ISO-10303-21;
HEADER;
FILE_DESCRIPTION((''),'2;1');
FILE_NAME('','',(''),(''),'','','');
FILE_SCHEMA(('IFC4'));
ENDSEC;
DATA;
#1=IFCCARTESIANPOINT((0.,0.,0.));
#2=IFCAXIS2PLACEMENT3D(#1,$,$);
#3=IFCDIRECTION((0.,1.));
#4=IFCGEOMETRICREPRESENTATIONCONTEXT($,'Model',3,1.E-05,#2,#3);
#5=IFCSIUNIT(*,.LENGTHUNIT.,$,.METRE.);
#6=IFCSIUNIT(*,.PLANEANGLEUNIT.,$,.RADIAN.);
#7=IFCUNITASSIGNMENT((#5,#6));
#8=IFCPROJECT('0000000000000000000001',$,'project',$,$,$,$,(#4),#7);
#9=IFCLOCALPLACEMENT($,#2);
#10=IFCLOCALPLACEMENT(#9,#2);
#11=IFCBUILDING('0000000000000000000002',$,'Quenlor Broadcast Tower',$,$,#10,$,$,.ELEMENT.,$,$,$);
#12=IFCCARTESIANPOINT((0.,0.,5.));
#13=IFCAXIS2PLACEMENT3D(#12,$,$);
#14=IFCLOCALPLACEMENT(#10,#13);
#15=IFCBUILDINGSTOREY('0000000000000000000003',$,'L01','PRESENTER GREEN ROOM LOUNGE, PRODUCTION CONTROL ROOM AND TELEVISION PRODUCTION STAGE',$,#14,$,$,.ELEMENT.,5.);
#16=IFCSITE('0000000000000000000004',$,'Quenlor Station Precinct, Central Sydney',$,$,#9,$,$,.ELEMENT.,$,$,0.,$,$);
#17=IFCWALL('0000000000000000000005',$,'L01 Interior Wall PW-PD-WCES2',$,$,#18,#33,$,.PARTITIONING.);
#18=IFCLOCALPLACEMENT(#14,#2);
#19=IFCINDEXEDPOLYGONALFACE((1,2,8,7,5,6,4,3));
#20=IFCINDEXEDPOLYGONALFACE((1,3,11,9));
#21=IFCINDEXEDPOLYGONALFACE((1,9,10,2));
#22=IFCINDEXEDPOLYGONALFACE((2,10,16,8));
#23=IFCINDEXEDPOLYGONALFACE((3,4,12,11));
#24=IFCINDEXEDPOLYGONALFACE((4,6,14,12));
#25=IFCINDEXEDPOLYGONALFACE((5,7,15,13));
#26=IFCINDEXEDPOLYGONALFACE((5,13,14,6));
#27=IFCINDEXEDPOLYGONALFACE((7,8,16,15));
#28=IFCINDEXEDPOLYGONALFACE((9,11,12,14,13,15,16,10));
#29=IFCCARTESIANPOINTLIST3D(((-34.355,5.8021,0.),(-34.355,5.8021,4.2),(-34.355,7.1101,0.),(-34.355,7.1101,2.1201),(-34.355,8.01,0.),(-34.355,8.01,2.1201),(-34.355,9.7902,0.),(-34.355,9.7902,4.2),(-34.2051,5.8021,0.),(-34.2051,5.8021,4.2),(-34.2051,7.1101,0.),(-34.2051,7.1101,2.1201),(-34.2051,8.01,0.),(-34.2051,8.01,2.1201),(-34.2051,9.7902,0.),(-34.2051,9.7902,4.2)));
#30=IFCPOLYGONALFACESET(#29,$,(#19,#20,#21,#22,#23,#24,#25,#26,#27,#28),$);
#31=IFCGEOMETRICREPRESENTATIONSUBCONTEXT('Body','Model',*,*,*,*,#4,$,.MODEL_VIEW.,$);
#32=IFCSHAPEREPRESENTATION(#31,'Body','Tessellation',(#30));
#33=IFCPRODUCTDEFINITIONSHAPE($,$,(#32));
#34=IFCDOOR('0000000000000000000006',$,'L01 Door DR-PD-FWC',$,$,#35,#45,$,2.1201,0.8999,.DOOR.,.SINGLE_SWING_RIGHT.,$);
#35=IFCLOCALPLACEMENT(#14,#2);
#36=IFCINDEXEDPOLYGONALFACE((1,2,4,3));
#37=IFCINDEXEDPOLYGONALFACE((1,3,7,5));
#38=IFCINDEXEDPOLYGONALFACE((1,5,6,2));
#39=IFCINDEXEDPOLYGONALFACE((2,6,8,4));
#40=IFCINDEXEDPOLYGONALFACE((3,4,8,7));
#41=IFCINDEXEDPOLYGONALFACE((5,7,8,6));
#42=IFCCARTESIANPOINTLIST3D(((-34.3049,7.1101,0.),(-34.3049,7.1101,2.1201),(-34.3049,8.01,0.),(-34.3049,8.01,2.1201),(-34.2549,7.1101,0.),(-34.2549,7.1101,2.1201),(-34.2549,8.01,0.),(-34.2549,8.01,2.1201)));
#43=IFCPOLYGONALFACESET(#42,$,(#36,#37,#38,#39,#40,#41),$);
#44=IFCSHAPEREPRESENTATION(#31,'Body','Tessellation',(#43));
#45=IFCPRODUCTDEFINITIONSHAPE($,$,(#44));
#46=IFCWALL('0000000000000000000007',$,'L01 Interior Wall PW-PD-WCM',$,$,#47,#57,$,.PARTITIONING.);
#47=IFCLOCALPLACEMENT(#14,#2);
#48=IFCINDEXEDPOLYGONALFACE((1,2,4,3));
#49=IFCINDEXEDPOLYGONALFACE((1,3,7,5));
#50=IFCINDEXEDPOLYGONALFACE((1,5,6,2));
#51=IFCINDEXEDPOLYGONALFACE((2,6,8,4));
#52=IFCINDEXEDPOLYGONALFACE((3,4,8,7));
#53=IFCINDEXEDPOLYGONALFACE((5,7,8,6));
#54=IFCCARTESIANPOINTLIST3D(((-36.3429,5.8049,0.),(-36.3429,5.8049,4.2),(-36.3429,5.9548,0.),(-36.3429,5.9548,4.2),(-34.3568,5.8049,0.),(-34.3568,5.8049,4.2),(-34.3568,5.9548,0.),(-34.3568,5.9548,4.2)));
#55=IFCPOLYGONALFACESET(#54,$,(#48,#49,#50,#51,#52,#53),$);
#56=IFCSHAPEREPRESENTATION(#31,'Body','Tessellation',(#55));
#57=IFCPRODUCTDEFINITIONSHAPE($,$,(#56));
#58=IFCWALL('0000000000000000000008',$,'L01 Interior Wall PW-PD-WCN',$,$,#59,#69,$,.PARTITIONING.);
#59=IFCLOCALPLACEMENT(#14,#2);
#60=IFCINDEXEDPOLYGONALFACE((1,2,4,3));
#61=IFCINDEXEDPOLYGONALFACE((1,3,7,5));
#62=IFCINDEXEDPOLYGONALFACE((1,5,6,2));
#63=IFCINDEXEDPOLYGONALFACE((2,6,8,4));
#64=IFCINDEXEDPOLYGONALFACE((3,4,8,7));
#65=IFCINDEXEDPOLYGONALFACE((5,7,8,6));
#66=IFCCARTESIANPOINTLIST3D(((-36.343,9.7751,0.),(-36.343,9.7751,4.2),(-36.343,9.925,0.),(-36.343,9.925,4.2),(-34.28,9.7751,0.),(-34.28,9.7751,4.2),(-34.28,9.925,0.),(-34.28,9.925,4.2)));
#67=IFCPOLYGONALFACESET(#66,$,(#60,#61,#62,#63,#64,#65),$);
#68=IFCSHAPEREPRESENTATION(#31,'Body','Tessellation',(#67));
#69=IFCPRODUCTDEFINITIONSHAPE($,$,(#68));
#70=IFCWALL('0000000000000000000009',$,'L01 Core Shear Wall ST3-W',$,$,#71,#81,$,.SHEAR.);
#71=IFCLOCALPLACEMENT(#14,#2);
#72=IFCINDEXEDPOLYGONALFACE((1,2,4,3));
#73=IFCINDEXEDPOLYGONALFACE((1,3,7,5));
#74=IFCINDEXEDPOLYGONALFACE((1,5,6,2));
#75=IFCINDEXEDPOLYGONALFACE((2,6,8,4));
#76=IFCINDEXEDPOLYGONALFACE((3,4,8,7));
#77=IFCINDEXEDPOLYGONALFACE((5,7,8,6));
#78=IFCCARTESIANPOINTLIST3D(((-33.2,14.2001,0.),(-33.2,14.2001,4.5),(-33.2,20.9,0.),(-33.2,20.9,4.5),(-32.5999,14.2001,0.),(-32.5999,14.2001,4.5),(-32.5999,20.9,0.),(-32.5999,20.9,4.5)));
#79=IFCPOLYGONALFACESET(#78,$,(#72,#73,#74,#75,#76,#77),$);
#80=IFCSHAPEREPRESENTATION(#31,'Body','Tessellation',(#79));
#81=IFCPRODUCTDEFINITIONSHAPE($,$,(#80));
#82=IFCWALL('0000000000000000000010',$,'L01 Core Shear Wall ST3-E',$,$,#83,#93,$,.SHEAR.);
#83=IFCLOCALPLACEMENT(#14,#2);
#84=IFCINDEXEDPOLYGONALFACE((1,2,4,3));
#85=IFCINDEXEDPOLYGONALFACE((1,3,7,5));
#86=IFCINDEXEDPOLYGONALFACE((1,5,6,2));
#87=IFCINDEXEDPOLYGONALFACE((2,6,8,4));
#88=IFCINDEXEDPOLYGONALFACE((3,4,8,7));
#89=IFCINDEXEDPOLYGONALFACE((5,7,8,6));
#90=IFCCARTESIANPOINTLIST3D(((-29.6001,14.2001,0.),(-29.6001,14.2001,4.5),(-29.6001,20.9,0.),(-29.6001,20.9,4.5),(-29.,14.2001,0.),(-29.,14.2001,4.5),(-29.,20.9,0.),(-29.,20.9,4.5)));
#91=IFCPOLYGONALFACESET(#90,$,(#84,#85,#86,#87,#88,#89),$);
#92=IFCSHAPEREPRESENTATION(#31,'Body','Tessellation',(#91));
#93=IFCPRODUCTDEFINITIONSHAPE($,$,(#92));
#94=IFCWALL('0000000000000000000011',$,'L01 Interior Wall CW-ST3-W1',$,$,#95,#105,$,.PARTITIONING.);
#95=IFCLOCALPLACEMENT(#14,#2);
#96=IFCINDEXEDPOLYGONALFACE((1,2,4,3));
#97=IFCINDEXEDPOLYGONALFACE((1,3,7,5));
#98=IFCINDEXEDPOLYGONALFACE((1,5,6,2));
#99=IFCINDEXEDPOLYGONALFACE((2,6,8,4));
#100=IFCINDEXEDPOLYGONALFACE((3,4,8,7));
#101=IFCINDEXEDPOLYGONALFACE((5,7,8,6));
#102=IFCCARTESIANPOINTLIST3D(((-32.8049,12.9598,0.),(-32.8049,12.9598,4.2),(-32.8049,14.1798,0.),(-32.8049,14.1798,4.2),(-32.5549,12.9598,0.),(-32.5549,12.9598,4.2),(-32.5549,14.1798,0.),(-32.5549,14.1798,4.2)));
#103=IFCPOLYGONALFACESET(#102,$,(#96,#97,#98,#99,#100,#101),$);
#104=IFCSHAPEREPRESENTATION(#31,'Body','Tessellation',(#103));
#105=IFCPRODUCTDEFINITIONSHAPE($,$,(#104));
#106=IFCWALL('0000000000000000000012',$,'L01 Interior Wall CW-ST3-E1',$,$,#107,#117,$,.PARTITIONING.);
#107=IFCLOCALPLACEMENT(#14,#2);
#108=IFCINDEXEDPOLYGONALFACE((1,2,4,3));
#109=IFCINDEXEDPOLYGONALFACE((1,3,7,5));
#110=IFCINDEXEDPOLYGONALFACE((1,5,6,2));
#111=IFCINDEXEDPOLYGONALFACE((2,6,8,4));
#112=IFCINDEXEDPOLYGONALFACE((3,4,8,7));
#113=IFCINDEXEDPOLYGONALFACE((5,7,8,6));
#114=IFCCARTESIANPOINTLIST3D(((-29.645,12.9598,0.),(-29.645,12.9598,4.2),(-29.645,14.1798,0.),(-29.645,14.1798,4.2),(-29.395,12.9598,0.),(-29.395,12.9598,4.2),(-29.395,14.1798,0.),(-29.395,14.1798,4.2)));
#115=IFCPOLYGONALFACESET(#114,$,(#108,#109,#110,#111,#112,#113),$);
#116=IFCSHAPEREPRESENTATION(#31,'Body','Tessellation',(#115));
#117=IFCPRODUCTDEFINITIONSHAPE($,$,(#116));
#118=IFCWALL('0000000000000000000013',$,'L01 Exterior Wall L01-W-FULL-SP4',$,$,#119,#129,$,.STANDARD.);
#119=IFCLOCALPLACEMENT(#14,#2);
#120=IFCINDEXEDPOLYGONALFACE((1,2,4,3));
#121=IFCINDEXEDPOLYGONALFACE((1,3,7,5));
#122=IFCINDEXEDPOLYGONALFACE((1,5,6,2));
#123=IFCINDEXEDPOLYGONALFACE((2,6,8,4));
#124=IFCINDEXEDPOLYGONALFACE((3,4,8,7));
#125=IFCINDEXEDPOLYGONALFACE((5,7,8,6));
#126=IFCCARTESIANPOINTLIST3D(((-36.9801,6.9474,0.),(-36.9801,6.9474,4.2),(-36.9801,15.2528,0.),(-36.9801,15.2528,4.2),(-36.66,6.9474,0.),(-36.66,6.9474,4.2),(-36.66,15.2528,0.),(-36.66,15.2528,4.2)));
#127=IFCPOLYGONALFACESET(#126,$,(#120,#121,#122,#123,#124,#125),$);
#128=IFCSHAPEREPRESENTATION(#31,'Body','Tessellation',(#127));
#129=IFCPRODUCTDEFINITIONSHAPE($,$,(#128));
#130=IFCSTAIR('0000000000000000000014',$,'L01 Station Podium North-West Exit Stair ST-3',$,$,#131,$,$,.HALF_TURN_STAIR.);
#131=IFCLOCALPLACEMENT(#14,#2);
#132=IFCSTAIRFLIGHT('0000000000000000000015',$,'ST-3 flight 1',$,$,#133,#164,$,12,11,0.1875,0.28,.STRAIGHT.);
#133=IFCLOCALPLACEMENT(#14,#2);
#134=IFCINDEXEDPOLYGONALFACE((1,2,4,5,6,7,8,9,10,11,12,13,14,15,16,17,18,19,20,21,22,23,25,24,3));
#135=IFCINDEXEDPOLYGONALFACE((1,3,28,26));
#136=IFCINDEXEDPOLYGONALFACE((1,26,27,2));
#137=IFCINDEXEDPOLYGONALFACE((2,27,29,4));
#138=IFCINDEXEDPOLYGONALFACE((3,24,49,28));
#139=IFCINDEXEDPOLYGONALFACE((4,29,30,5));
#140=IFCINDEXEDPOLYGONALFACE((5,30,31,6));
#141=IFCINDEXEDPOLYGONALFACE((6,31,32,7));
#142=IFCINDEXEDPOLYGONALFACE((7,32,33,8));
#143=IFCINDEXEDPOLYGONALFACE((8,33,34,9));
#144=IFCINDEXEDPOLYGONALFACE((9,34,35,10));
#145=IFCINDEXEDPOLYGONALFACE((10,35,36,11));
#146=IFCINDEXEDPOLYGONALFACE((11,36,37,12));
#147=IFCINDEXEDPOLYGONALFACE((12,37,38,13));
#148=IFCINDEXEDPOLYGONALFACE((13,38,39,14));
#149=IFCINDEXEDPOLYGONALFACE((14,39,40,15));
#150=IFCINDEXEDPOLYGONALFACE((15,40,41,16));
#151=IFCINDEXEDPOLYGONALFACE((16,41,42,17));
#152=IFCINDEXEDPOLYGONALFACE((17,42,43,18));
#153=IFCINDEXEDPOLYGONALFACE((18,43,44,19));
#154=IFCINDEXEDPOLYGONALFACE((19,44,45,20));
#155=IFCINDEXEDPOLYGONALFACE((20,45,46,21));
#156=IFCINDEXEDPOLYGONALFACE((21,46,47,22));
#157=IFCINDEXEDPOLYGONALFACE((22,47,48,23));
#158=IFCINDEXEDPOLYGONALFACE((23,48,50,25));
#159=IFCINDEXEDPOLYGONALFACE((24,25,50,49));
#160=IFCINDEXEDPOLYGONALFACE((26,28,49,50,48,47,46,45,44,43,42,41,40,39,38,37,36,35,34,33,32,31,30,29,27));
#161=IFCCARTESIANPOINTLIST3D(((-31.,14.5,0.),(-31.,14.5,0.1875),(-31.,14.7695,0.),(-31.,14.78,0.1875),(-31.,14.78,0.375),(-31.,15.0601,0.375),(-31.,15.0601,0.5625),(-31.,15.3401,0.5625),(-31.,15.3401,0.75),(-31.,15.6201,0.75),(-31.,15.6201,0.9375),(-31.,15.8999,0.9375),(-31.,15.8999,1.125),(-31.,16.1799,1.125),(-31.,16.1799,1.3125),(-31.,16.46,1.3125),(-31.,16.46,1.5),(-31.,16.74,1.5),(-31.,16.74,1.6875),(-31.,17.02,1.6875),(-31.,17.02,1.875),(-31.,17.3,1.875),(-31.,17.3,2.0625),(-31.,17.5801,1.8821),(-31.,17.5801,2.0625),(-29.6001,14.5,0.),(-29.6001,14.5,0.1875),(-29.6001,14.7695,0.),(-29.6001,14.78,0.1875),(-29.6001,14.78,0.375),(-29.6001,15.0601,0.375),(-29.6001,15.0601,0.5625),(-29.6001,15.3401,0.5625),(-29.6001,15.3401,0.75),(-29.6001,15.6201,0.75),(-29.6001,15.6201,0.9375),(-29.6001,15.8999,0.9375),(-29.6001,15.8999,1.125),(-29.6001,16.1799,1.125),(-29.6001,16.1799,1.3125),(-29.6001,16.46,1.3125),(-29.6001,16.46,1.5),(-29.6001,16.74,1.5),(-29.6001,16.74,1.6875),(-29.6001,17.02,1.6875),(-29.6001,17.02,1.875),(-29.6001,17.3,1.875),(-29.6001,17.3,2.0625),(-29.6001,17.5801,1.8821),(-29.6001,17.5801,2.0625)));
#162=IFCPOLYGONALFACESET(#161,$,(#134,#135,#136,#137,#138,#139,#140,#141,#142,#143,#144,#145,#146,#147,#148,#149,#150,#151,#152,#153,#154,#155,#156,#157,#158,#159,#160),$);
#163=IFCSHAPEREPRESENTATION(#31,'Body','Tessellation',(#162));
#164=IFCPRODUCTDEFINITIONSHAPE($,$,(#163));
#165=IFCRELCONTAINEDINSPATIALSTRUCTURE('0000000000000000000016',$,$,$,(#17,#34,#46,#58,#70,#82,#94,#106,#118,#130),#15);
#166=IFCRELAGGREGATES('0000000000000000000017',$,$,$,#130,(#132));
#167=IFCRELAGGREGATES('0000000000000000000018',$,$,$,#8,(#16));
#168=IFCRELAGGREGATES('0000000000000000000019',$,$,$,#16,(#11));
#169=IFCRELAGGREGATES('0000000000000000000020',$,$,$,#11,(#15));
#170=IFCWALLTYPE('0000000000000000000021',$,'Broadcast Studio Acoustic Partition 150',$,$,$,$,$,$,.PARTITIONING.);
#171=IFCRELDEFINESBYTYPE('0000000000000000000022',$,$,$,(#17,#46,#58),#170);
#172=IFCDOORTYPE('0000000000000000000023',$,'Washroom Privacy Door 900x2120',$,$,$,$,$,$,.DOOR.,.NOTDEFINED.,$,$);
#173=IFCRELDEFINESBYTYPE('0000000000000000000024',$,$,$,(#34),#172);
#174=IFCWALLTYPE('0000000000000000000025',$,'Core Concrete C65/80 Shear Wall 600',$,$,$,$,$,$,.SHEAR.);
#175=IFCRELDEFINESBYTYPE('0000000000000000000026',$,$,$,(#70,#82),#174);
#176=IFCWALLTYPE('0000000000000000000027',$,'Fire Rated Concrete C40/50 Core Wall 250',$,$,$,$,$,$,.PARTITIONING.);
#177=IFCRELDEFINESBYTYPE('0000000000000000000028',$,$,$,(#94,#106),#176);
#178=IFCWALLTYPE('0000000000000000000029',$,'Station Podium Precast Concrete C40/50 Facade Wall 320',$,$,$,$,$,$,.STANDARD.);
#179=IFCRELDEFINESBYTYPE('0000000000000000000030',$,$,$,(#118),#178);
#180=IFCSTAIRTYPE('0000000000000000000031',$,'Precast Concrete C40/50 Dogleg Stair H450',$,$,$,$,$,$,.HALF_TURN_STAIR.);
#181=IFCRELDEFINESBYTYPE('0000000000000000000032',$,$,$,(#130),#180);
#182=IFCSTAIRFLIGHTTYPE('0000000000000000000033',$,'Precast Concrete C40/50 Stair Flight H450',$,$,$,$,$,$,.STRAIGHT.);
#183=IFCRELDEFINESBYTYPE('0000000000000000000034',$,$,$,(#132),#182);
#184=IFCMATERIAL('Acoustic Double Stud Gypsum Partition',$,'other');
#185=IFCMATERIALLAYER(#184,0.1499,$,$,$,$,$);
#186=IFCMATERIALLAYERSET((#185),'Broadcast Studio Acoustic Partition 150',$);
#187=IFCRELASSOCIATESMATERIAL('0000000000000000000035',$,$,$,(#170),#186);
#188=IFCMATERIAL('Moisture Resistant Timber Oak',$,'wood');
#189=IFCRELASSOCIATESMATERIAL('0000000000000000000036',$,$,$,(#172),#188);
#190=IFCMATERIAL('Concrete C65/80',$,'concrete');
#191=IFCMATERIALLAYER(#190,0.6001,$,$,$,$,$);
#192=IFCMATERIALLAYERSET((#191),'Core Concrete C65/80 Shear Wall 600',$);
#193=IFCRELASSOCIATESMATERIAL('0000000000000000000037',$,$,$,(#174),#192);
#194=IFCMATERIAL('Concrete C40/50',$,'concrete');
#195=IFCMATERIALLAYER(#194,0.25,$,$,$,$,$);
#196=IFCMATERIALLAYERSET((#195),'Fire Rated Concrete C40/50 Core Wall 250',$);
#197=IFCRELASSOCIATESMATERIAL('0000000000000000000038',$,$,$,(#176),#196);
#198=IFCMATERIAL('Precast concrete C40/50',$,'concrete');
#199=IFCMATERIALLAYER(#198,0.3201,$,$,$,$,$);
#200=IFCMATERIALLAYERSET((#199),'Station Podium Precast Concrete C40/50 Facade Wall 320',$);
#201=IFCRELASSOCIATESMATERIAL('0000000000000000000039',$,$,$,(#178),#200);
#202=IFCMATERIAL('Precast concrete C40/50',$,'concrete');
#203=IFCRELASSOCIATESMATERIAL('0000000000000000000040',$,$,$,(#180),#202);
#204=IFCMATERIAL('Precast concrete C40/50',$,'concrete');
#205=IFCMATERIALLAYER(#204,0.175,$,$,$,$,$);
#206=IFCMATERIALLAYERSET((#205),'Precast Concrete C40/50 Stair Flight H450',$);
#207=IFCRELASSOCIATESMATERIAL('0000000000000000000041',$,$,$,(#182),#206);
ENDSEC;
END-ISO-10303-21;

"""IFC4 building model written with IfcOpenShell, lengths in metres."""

from ifc_helpers import new_model, si_unit, direction, frame, frame_2d, origin, place, context, subcontext, project, spatial, polyline, rectangle, outline, extrude, material, layer, layer_set, type_object, element, fill, aggregate, save


model = new_model("IFC4")

# Units and contexts
model_context = context("Model", 3, precision=1e-05, world=origin(), true_north=direction((0.0, 1.0)))
body_context = subcontext(model_context, "Body", "Model", "MODEL_VIEW")
ifc_project = project(units=[si_unit("LENGTHUNIT", "METRE"), si_unit("PLANEANGLEUNIT", "RADIAN")], contexts=[model_context])

# Site, building, storey
site_placement = place(None, origin())
site = spatial("IfcSite", under=ifc_project, at=site_placement, Name="Quenlor Station Precinct, Central Sydney", CompositionType="ELEMENT", RefElevation=0.0)
building_placement = place(site_placement, origin())
building = spatial("IfcBuilding", under=site, at=building_placement, Name="Quenlor Broadcast Tower", CompositionType="ELEMENT")
storey_placement = place(building_placement, frame((0.0, 0.0, 5.0)))
storey = spatial("IfcBuildingStorey", under=building, at=storey_placement, Name="L01", Description="PRESENTER GREEN ROOM LOUNGE, PRODUCTION CONTROL ROOM AND TELEVISION PRODUCTION STAGE", CompositionType="ELEMENT", Elevation=5.0)

# Wall, opening, door
ifc_material_1 = material(Name="Acoustic Double Stud Gypsum Partition", Category="other")
ifc_layer_1 = layer(ifc_material_1, 0.1499)
ifc_layer_set_1 = layer_set([ifc_layer_1], Name="Broadcast Studio Acoustic Partition 150")
wall_type_1 = type_object("IfcWallType", Name="Broadcast Studio Acoustic Partition 150", PredefinedType="PARTITIONING", material=ifc_layer_set_1)
wall_1_placement = place(storey_placement, frame((-34.28, 5.802, 0.0), z_axis=(0.0, 0.0, 1.0), x_axis=(0.0, 1.0, 0.0)))
wall_1 = element("IfcWall", 1, at=wall_1_placement, inside=storey, type_object=wall_type_1, Name="L01 Interior Wall PW-PD-WCES2", PredefinedType="PARTITIONING", context=body_context, shape_type="SweptSolid", body=[
    extrude(rectangle(XDim=3.988, YDim=0.1499, at=frame_2d((1.9941, 0.0))), origin(), (0.0, 0.0, 1.0), 4.2),
])
opening_1_placement = place(wall_1_placement, frame((1.3081, 0.0, 0.0)))
opening_1 = element("IfcOpeningElement", 2, at=opening_1_placement, cuts=wall_1, PredefinedType="OPENING", context=body_context, shape_type="SweptSolid", body=[
    extrude(rectangle(XDim=0.8999, YDim=2.1201, at=frame_2d((0.45, 1.0601))), frame((0.0, 0.085, 0.0), z_axis=(0.0, -1.0, 0.0), x_axis=(1.0, 0.0, 0.0)), (0.0, 0.0, 1.0), 0.1699),
])
ifc_material_2 = material(Name="Moisture Resistant Timber Oak", Category="wood")
door_type_1 = type_object("IfcDoorType", Name="Washroom Privacy Door 900x2120", OperationType="NOTDEFINED", PredefinedType="DOOR", material=ifc_material_2)
door_1_placement = place(opening_1_placement, origin())
door_1 = element("IfcDoor", 3, at=door_1_placement, inside=storey, type_object=door_type_1, Name="L01 Door DR-PD-FWC", OperationType="SINGLE_SWING_RIGHT", OverallHeight=2.1201, OverallWidth=0.8999, PredefinedType="DOOR", context=body_context, shape_type="SweptSolid", body=[
    extrude(rectangle(XDim=0.8999, YDim=2.1201, at=frame_2d((0.45, 1.0601))), frame((0.0, 0.0249, 0.0), z_axis=(0.0, -1.0, 0.0), x_axis=(1.0, 0.0, 0.0)), (0.0, 0.0, 1.0), 0.05),
])
fill(opening_1, door_1)

# Walls
wall_2_placement = place(storey_placement, frame((-36.343, 5.8799, 0.0), z_axis=(0.0, 0.0, 1.0), x_axis=(1.0, 0.0, 0.0)))
element("IfcWall", 4, at=wall_2_placement, inside=storey, type_object=wall_type_1, Name="L01 Interior Wall PW-PD-WCM", PredefinedType="PARTITIONING", context=body_context, shape_type="SweptSolid", body=[
    extrude(rectangle(XDim=1.9861, YDim=0.1499, at=frame_2d((0.9932, 0.0))), origin(), (0.0, 0.0, 1.0), 4.2),
])
wall_3_placement = place(storey_placement, frame((-36.343, 9.8501, 0.0), z_axis=(0.0, 0.0, 1.0), x_axis=(1.0, 0.0, 0.0)))
element("IfcWall", 5, at=wall_3_placement, inside=storey, type_object=wall_type_1, Name="L01 Interior Wall PW-PD-WCN", PredefinedType="PARTITIONING", context=body_context, shape_type="SweptSolid", body=[
    extrude(rectangle(XDim=2.063, YDim=0.1499, at=frame_2d((1.0315, 0.0))), origin(), (0.0, 0.0, 1.0), 4.2),
])
ifc_material_3 = material(Name="Concrete C65/80", Category="concrete")
ifc_layer_2 = layer(ifc_material_3, 0.6001)
ifc_layer_set_2 = layer_set([ifc_layer_2], Name="Core Concrete C65/80 Shear Wall 600")
wall_type_2 = type_object("IfcWallType", Name="Core Concrete C65/80 Shear Wall 600", PredefinedType="SHEAR", material=ifc_layer_set_2)
for number, where, z_axis, x_axis, name in (
    (6, (-32.8999, 14.2, 0.0), (0.0, 0.0, 1.0), (0.0, 1.0, 0.0), "L01 Core Shear Wall ST3-W"),
    (7, (-29.3, 14.2, 0.0), (0.0, 0.0, 1.0), (0.0, 1.0, 0.0), "L01 Core Shear Wall ST3-E"),
):
    element("IfcWall", number, at=place(storey_placement, frame(where, z_axis=z_axis, x_axis=x_axis)), inside=storey, type_object=wall_type_2, Name=name, PredefinedType="SHEAR", context=body_context, shape_type="SweptSolid", body=[
        extrude(rectangle(XDim=6.7, YDim=0.6001, at=frame_2d((3.3501, 0.0))), origin(), (0.0, 0.0, 1.0), 4.5),
    ])

# Shared definitions
ifc_material_4 = material(Name="Concrete C40/50", Category="concrete")
ifc_layer_3 = layer(ifc_material_4, 0.25)
ifc_layer_set_3 = layer_set([ifc_layer_3], Name="Fire Rated Concrete C40/50 Core Wall 250")
wall_type_3 = type_object("IfcWallType", Name="Fire Rated Concrete C40/50 Core Wall 250", PredefinedType="PARTITIONING", material=ifc_layer_set_3)

# Walls
for number, where, z_axis, x_axis, name in (
    (8, (-32.6799, 12.96, 0.0), (0.0, 0.0, 1.0), (0.0, 1.0, 0.0), "L01 Interior Wall CW-ST3-W1"),
    (9, (-29.52, 12.96, 0.0), (0.0, 0.0, 1.0), (0.0, 1.0, 0.0), "L01 Interior Wall CW-ST3-E1"),
):
    element("IfcWall", number, at=place(storey_placement, frame(where, z_axis=z_axis, x_axis=x_axis)), inside=storey, type_object=wall_type_3, Name=name, PredefinedType="PARTITIONING", context=body_context, shape_type="SweptSolid", body=[
        extrude(rectangle(XDim=1.22, YDim=0.25, at=frame_2d((0.6099, 0.0))), origin(), (0.0, 0.0, 1.0), 4.2),
    ])
ifc_material_5 = material(Name="Precast concrete C40/50", Category="concrete")
ifc_layer_4 = layer(ifc_material_5, 0.3201)
ifc_layer_set_4 = layer_set([ifc_layer_4], Name="Station Podium Precast Concrete C40/50 Facade Wall 320")
wall_type_4 = type_object("IfcWallType", Name="Station Podium Precast Concrete C40/50 Facade Wall 320", PredefinedType="STANDARD", material=ifc_layer_set_4)
wall_4_placement = place(storey_placement, frame((-36.8201, 6.9473, 0.0), z_axis=(0.0, 0.0, 1.0), x_axis=(0.0, 1.0, 0.0)))
element("IfcWall", 10, at=wall_4_placement, inside=storey, type_object=wall_type_4, Name="L01 Exterior Wall L01-W-FULL-SP4", PredefinedType="STANDARD", context=body_context, shape_type="SweptSolid", body=[
    extrude(rectangle(XDim=8.3054, YDim=0.3201, at=frame_2d((4.1528, 0.0))), origin(), (0.0, 0.0, 1.0), 4.2),
])

# Stair, stair flight
ifc_material_6 = material(Name="Precast concrete C40/50", Category="concrete")
stair_type = type_object("IfcStairType", Name="Precast Concrete C40/50 Dogleg Stair H450", PredefinedType="HALF_TURN_STAIR", material=ifc_material_6)
stair_placement = place(storey_placement, origin())
stair = element("IfcStair", 11, at=stair_placement, inside=storey, type_object=stair_type, Name="L01 Station Podium North-West Exit Stair ST-3", PredefinedType="HALF_TURN_STAIR")
ifc_material_7 = material(Name="Precast concrete C40/50", Category="concrete")
ifc_layer_5 = layer(ifc_material_7, 0.175)
ifc_layer_set_5 = layer_set([ifc_layer_5], Name="Precast Concrete C40/50 Stair Flight H450")
stair_flight_type = type_object("IfcStairFlightType", Name="Precast Concrete C40/50 Stair Flight H450", PredefinedType="STRAIGHT", material=ifc_layer_set_5)
stair_flight_placement = place(storey_placement, frame((-30.3, 14.5, 0.0), z_axis=(0.0, 0.0, 1.0), x_axis=(0.0, 1.0, 0.0)))
stair_flight = element("IfcStairFlight", 12, at=stair_flight_placement, type_object=stair_flight_type, Name="ST-3 flight 1", NumberOfRisers=12, NumberOfTreads=11, PredefinedType="STRAIGHT", RiserHeight=0.1875, TreadLength=0.28, context=body_context, shape_type="SweptSolid", body=[
    extrude(outline(polyline([(0.0, 0.0), (0.0, 0.1875), (0.28, 0.1875), (0.28, 0.375), (0.5601, 0.375), (0.5601, 0.5625), (0.8401, 0.5625), (0.8401, 0.75), (1.1201, 0.75), (1.1201, 0.9375), (1.3999, 0.9375), (1.3999, 1.125), (1.6799, 1.125), (1.6799, 1.3125), (1.96, 1.3125), (1.96, 1.5), (2.24, 1.5), (2.24, 1.6875), (2.52, 1.6875), (2.52, 1.875), (2.8, 1.875), (2.8, 2.0625), (3.0801, 2.0625), (3.0801, 2.25), (3.0801, 1.8821), (0.2695, 0.0), (0.0, 0.0)])), frame((0.0, 0.7, 0.0), z_axis=(0.0, -1.0, 0.0), x_axis=(1.0, 0.0, 0.0)), (0.0, 0.0, 1.0), 1.3999),
])
aggregate(stair, [stair_flight])

save(model, "model.ifc")
